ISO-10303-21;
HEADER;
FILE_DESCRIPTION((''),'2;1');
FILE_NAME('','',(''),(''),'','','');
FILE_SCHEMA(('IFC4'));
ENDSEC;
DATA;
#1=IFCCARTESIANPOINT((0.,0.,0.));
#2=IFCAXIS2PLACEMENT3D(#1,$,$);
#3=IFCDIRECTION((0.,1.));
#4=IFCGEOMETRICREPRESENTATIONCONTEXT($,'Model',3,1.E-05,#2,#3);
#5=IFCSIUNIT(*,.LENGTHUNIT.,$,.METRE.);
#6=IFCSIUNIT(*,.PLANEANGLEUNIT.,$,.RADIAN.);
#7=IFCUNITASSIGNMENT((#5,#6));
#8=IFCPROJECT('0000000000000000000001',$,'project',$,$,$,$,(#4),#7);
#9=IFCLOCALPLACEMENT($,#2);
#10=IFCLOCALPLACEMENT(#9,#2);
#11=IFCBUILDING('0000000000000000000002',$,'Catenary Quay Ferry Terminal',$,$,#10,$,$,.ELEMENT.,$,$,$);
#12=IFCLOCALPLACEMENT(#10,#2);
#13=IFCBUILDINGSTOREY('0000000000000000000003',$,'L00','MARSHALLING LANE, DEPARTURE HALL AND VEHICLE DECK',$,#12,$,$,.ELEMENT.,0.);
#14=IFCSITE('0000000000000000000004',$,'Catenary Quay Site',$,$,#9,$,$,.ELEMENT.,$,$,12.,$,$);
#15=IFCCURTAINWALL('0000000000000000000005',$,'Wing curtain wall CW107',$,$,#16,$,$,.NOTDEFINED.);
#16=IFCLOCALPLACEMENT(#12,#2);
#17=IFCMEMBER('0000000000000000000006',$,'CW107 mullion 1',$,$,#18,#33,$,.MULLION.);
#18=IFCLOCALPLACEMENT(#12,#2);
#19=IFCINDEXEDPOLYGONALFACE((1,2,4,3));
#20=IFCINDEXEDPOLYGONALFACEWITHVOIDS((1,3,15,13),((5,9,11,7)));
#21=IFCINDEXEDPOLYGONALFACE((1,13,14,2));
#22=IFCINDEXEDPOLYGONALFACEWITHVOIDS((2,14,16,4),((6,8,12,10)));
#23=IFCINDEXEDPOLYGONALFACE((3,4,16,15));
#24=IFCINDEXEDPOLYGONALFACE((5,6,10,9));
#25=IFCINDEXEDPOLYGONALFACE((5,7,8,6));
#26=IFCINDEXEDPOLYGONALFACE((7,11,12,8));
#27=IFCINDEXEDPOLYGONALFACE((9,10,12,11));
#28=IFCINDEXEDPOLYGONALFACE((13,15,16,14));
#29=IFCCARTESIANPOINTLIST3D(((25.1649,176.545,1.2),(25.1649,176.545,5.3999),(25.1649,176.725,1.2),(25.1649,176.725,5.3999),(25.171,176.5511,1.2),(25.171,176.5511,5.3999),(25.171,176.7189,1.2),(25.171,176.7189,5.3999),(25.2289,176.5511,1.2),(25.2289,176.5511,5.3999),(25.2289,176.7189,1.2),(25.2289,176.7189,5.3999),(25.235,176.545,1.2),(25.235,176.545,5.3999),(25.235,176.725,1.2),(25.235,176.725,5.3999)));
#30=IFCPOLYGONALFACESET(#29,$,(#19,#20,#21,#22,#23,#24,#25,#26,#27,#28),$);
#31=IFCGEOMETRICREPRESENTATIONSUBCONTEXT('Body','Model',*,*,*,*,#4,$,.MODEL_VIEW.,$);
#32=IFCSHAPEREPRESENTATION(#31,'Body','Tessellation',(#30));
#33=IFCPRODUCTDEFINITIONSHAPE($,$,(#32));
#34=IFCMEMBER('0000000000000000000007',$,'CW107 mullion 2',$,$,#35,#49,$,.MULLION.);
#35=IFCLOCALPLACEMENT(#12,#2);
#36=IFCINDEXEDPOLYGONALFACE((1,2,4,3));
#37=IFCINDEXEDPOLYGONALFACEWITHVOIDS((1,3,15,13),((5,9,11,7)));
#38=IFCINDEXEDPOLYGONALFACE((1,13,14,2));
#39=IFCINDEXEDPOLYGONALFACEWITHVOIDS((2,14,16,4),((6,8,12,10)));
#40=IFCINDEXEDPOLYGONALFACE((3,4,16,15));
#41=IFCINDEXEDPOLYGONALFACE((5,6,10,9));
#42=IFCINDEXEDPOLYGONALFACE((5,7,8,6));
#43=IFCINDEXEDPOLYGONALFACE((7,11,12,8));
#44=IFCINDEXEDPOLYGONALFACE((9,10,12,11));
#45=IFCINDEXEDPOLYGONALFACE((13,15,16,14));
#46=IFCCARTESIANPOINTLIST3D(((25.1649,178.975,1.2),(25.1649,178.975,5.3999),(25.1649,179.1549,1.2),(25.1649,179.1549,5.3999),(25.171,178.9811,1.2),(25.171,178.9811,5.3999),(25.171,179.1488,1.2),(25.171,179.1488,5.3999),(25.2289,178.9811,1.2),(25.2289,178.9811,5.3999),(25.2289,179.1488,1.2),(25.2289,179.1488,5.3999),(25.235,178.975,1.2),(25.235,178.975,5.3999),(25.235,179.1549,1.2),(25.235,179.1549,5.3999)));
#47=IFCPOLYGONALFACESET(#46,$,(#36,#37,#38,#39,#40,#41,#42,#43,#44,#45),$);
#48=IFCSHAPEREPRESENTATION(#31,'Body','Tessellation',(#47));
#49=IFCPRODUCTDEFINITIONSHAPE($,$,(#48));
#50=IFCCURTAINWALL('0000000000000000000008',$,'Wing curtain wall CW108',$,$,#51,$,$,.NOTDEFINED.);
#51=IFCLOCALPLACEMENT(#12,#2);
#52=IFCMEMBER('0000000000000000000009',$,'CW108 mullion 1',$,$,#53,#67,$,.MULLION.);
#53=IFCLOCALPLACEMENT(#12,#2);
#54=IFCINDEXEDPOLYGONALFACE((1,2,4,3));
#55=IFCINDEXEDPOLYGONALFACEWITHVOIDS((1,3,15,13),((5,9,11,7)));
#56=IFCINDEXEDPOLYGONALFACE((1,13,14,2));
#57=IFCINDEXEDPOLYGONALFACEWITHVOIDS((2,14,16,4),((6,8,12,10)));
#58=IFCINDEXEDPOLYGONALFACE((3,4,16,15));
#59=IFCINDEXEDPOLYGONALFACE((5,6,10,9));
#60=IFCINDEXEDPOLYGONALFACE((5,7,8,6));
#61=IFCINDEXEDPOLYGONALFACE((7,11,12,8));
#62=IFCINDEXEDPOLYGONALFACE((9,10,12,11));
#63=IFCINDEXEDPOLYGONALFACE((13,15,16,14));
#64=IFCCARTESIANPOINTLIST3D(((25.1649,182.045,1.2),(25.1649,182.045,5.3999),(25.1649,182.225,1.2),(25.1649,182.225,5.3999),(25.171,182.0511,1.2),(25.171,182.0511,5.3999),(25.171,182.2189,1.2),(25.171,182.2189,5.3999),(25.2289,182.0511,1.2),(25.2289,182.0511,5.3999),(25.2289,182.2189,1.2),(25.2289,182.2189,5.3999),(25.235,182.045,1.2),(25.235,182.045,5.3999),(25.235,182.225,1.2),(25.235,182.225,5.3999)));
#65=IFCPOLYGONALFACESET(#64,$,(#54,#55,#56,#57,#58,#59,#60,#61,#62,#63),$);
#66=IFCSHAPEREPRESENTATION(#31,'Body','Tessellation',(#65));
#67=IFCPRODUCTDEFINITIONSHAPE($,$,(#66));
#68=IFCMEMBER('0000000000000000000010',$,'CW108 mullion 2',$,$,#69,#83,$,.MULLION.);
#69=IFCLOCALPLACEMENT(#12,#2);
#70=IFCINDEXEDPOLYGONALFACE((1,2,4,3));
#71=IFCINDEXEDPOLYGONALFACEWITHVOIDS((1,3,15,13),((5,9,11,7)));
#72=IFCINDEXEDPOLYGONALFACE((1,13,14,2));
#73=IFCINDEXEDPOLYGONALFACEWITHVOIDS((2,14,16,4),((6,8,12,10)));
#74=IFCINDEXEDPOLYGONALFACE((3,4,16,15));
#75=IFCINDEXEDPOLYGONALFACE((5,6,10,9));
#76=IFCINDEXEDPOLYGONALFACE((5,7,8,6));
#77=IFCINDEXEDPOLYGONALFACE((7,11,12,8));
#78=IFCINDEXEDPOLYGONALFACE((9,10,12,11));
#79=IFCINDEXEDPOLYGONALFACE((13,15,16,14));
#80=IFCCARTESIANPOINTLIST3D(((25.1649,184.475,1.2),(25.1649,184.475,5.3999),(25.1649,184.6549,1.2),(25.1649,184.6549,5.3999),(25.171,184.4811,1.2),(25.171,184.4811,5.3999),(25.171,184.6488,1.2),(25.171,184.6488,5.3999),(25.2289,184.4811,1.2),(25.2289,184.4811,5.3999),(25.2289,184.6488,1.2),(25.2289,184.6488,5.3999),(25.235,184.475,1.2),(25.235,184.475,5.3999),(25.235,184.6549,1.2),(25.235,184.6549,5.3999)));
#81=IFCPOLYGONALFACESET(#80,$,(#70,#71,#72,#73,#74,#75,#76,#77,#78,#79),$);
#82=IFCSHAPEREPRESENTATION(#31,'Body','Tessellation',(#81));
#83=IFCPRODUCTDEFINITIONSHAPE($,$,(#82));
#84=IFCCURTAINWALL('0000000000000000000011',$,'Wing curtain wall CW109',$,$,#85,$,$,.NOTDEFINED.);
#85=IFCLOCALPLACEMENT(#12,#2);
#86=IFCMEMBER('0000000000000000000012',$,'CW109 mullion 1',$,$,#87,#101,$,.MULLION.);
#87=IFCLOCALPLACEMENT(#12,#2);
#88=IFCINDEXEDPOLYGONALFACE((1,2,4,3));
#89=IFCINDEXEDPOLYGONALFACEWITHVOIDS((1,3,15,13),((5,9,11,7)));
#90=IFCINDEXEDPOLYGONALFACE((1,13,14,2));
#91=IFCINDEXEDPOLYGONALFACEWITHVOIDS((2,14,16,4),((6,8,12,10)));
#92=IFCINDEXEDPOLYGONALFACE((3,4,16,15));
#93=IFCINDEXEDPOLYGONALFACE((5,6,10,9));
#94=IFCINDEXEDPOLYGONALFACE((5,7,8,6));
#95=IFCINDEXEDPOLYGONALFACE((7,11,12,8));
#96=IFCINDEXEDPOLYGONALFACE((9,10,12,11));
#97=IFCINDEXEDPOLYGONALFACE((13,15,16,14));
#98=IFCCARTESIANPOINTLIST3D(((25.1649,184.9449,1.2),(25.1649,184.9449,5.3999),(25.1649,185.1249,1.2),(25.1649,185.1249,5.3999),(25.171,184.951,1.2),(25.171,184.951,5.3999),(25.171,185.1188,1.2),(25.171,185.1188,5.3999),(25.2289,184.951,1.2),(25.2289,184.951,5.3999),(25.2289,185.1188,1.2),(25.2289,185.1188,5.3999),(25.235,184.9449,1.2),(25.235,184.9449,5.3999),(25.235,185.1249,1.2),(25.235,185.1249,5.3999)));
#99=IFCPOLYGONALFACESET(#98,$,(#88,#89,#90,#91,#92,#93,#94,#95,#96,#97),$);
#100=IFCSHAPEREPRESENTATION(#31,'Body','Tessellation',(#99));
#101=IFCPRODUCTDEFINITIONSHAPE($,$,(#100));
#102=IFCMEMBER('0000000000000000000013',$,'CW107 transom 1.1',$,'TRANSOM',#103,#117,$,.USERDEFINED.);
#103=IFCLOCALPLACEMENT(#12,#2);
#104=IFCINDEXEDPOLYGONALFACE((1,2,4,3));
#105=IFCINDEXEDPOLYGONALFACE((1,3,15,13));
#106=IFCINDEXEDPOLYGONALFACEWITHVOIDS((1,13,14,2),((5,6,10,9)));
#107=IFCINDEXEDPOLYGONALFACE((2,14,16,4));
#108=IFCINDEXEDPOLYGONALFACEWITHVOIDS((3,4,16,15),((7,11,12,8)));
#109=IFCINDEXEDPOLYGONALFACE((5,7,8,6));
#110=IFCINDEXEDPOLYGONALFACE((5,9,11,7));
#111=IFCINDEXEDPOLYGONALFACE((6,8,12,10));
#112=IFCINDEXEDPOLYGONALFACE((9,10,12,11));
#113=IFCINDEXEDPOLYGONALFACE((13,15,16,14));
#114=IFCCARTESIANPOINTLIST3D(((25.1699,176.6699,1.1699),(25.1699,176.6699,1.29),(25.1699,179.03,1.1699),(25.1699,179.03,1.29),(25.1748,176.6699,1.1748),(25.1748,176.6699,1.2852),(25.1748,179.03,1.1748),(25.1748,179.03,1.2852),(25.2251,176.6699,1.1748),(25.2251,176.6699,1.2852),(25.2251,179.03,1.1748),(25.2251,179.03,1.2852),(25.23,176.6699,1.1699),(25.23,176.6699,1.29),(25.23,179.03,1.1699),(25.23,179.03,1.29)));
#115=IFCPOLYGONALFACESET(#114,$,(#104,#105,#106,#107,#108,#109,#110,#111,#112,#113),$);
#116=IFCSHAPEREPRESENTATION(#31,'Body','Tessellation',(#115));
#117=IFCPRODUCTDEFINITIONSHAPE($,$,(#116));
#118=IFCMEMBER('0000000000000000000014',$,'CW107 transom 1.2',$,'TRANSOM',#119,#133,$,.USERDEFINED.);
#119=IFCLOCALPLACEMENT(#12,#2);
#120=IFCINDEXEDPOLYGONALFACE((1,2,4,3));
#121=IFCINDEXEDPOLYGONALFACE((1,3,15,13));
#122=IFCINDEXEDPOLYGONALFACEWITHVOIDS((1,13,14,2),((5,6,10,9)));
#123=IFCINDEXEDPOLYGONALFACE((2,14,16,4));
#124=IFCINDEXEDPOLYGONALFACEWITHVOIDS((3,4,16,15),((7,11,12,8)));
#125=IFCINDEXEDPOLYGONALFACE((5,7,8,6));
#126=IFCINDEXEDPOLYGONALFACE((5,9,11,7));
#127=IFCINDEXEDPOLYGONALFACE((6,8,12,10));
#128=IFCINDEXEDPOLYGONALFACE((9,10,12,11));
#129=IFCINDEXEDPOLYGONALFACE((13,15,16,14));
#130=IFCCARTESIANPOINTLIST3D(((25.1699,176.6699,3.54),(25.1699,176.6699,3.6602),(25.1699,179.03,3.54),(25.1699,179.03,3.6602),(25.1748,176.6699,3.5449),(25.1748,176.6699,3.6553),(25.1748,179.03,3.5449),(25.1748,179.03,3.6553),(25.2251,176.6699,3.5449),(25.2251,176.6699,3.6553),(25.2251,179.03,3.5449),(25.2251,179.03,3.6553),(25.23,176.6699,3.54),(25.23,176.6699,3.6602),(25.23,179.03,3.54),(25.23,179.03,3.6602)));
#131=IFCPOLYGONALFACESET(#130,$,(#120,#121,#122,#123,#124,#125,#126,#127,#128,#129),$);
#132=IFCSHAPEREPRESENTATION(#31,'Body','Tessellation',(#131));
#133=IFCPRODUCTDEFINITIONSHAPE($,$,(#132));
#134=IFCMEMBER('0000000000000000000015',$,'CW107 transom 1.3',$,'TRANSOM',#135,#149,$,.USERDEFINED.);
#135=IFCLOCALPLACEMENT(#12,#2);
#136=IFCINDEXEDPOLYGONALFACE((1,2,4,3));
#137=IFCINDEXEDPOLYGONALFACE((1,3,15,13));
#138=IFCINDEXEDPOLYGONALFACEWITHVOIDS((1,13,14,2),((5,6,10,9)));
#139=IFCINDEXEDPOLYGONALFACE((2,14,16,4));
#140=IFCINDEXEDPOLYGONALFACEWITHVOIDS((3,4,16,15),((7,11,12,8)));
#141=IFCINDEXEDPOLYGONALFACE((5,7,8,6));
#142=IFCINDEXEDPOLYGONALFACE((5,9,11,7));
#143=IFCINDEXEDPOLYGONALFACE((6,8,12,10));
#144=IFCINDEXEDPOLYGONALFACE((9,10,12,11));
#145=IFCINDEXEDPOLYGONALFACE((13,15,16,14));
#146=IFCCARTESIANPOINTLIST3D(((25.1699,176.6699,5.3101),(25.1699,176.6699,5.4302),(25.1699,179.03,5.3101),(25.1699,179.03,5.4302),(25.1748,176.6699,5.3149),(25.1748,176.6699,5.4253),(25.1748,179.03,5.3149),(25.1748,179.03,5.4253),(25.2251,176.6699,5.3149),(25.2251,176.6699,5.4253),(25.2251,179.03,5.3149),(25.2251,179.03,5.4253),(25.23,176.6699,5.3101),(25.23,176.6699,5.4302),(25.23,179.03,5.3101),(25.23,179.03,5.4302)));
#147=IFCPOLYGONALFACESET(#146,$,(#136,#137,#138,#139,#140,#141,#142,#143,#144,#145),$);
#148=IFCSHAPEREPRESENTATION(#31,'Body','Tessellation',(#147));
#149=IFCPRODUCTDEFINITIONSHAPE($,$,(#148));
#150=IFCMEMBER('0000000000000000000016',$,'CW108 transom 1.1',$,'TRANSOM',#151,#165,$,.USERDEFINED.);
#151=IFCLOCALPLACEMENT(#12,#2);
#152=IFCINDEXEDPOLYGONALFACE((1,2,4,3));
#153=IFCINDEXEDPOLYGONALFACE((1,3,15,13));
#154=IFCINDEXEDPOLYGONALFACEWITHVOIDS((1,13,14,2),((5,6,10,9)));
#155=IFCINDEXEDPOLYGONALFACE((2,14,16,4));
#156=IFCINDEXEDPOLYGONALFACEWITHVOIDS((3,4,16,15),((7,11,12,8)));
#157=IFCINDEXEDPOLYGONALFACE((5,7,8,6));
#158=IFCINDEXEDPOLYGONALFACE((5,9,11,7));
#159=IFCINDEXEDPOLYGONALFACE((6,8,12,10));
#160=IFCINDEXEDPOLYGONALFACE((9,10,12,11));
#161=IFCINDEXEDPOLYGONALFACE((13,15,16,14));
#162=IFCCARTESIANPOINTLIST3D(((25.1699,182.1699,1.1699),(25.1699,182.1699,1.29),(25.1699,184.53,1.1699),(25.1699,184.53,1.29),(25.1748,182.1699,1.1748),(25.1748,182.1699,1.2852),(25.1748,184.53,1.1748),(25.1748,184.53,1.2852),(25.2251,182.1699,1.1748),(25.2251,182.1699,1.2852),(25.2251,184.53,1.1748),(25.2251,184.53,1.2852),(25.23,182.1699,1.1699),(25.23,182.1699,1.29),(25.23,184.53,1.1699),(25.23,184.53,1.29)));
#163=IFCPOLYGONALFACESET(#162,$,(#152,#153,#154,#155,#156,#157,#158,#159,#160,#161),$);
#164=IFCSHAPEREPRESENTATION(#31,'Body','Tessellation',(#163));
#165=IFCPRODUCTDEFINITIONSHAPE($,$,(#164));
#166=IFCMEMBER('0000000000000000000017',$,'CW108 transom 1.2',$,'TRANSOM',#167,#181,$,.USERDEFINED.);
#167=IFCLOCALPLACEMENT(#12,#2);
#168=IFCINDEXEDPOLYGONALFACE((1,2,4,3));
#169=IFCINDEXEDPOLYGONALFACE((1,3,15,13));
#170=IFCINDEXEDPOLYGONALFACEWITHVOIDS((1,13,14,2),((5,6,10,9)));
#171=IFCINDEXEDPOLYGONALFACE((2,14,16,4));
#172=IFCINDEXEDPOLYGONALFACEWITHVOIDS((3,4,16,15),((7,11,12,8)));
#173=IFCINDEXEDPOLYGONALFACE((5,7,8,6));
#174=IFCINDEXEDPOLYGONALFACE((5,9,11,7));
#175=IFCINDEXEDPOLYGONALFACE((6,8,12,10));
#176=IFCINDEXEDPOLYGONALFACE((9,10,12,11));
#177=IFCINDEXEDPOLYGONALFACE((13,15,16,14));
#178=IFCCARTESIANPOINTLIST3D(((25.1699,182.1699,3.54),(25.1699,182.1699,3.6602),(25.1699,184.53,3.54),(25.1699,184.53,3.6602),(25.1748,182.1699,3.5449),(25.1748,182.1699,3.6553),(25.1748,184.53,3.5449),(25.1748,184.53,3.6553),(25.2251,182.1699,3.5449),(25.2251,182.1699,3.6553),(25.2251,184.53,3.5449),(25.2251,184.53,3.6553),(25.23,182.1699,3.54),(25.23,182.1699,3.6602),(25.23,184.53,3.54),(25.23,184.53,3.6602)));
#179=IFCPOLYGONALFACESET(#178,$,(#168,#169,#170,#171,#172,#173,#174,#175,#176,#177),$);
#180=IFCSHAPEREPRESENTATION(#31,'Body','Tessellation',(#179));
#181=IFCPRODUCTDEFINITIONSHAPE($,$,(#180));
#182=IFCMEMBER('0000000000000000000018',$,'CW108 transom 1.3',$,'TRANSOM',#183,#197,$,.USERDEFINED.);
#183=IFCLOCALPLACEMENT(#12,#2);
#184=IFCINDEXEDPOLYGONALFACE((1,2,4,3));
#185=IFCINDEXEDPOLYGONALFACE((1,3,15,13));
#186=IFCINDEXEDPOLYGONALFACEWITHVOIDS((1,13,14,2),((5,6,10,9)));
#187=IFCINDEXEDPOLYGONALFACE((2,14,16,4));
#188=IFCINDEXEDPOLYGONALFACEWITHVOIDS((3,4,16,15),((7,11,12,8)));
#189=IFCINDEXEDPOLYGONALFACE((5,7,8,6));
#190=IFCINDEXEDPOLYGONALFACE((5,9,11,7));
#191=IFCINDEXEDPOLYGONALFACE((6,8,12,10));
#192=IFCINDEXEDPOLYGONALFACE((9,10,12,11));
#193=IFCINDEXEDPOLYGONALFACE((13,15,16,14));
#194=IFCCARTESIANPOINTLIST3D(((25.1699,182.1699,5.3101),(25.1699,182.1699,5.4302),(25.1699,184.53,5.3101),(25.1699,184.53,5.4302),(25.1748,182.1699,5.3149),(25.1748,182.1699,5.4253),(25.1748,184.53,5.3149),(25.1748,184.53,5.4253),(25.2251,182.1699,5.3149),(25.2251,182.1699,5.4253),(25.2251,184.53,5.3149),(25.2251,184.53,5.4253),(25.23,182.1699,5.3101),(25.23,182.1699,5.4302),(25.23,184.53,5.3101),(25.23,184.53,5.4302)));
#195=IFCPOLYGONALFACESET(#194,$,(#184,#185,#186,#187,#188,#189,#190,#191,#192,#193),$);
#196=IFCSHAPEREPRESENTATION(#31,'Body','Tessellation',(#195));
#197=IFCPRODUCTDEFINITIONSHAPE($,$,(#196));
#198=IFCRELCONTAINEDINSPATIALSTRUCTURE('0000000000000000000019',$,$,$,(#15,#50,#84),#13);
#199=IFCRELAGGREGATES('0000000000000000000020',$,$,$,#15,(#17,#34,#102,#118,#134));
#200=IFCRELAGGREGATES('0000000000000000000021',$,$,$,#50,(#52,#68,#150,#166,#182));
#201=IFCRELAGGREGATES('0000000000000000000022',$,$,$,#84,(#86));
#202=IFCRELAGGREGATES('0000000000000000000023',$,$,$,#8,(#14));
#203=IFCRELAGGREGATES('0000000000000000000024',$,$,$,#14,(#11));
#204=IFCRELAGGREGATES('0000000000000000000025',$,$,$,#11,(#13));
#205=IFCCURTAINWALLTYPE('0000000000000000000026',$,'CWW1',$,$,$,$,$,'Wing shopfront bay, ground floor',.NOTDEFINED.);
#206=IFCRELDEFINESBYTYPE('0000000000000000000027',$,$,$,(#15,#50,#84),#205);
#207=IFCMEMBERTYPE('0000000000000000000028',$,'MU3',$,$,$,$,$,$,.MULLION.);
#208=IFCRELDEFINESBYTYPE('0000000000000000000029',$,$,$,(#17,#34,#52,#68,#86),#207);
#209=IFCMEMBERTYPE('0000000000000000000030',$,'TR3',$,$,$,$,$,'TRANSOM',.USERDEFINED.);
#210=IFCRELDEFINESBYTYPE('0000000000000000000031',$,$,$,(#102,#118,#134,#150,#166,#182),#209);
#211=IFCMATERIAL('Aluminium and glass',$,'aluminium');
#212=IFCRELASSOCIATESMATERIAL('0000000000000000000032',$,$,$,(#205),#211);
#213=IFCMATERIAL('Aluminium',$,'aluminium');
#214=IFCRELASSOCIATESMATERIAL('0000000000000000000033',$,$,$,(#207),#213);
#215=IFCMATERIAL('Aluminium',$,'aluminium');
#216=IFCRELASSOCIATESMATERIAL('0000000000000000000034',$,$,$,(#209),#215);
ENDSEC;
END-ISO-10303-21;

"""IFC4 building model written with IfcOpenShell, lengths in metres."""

from ifc_helpers import new_model, si_unit, direction, frame, origin, origin_2d, place, context, subcontext, project, spatial, hollow_rectangle, extrude, material, material_profile, profile_set, type_object, element, aggregate, save


model = new_model("IFC4")

# Units and contexts
model_context = context("Model", 3, precision=1e-05, world=origin(), true_north=direction((0.0, 1.0)))
body_context = subcontext(model_context, "Body", "Model", "MODEL_VIEW")
ifc_project = project(units=[si_unit("LENGTHUNIT", "METRE"), si_unit("PLANEANGLEUNIT", "RADIAN")], contexts=[model_context])

# Site, building, storey
site_placement = place(None, origin())
site = spatial("IfcSite", under=ifc_project, at=site_placement, Name="Catenary Quay Site", CompositionType="ELEMENT", RefElevation=12.0)
building_placement = place(site_placement, origin())
building = spatial("IfcBuilding", under=site, at=building_placement, Name="Catenary Quay Ferry Terminal", CompositionType="ELEMENT")
storey_placement = place(building_placement, origin())
storey = spatial("IfcBuildingStorey", under=building, at=storey_placement, Name="L00", Description="MARSHALLING LANE, DEPARTURE HALL AND VEHICLE DECK", CompositionType="ELEMENT", Elevation=0.0)

# Curtain walls, members
ifc_material_1 = material(Name="Aluminium and glass", Category="aluminium")
curtain_wall_type = type_object("IfcCurtainWallType", Name="CWW1", ElementType="Wing shopfront bay, ground floor", PredefinedType="NOTDEFINED", material=ifc_material_1)
curtain_wall_1_placement = place(storey_placement, origin())
curtain_wall_1 = element("IfcCurtainWall", 1, at=curtain_wall_1_placement, inside=storey, type_object=curtain_wall_type, Name="Wing curtain wall CW107", PredefinedType="NOTDEFINED")
ifc_material_2 = material(Name="Aluminium", Category="aluminium")
ifc_material_profile_1 = material_profile(ifc_material_2, hollow_rectangle(XDim=0.0701, YDim=0.1799, WallThickness=0.0061, at=origin_2d()), Name="MU3")
ifc_profile_set_1 = profile_set([ifc_material_profile_1], Name="Aluminium")
member_type_1 = type_object("IfcMemberType", Name="MU3", PredefinedType="MULLION", material=ifc_profile_set_1)
member_1_placement = place(storey_placement, frame((25.2, 176.635, 1.2), z_axis=(0.0, 0.0, 1.0), x_axis=(-1.0, 0.0, 0.0)))
member_1 = element("IfcMember", 2, at=member_1_placement, type_object=member_type_1, Name="CW107 mullion 1", PredefinedType="MULLION", context=body_context, shape_type="SweptSolid", body=[
    extrude(hollow_rectangle(XDim=0.0701, YDim=0.1799, WallThickness=0.0061, at=origin_2d()), origin(), (0.0, 0.0, 1.0), 4.2),
])
member_2_placement = place(storey_placement, frame((25.2, 179.0649, 1.2), z_axis=(0.0, 0.0, 1.0), x_axis=(-1.0, 0.0, 0.0)))
member_2 = element("IfcMember", 3, at=member_2_placement, type_object=member_type_1, Name="CW107 mullion 2", PredefinedType="MULLION", context=body_context, shape_type="SweptSolid", body=[
    extrude(hollow_rectangle(XDim=0.0701, YDim=0.1799, WallThickness=0.0061, at=origin_2d()), origin(), (0.0, 0.0, 1.0), 4.2),
])
curtain_wall_2_placement = place(storey_placement, origin())
curtain_wall_2 = element("IfcCurtainWall", 4, at=curtain_wall_2_placement, inside=storey, type_object=curtain_wall_type, Name="Wing curtain wall CW108", PredefinedType="NOTDEFINED")
member_3_placement = place(storey_placement, frame((25.2, 182.135, 1.2), z_axis=(0.0, 0.0, 1.0), x_axis=(-1.0, 0.0, 0.0)))
member_3 = element("IfcMember", 5, at=member_3_placement, type_object=member_type_1, Name="CW108 mullion 1", PredefinedType="MULLION", context=body_context, shape_type="SweptSolid", body=[
    extrude(hollow_rectangle(XDim=0.0701, YDim=0.1799, WallThickness=0.0061, at=origin_2d()), origin(), (0.0, 0.0, 1.0), 4.2),
])
member_4_placement = place(storey_placement, frame((25.2, 184.5649, 1.2), z_axis=(0.0, 0.0, 1.0), x_axis=(-1.0, 0.0, 0.0)))
member_4 = element("IfcMember", 6, at=member_4_placement, type_object=member_type_1, Name="CW108 mullion 2", PredefinedType="MULLION", context=body_context, shape_type="SweptSolid", body=[
    extrude(hollow_rectangle(XDim=0.0701, YDim=0.1799, WallThickness=0.0061, at=origin_2d()), origin(), (0.0, 0.0, 1.0), 4.2),
])

# Curtain wall, member
curtain_wall_3_placement = place(storey_placement, origin())
curtain_wall_3 = element("IfcCurtainWall", 7, at=curtain_wall_3_placement, inside=storey, type_object=curtain_wall_type, Name="Wing curtain wall CW109", PredefinedType="NOTDEFINED")
member_5_placement = place(storey_placement, frame((25.2, 185.0349, 1.2), z_axis=(0.0, 0.0, 1.0), x_axis=(-1.0, 0.0, 0.0)))
member_5 = element("IfcMember", 8, at=member_5_placement, type_object=member_type_1, Name="CW109 mullion 1", PredefinedType="MULLION", context=body_context, shape_type="SweptSolid", body=[
    extrude(hollow_rectangle(XDim=0.0701, YDim=0.1799, WallThickness=0.0061, at=origin_2d()), origin(), (0.0, 0.0, 1.0), 4.2),
])

# Members
ifc_material_3 = material(Name="Aluminium", Category="aluminium")
ifc_material_profile_2 = material_profile(ifc_material_3, hollow_rectangle(XDim=0.0601, YDim=0.1201, WallThickness=0.0049, at=origin_2d()), Name="TR3")
ifc_profile_set_2 = profile_set([ifc_material_profile_2], Name="Aluminium")
member_type_2 = type_object("IfcMemberType", Name="TR3", ElementType="TRANSOM", PredefinedType="USERDEFINED", material=ifc_profile_set_2)
member_6_placement = place(storey_placement, frame((25.2, 176.6699, 1.23), z_axis=(0.0, 1.0, 0.0), x_axis=(-1.0, 0.0, 0.0)))
member_6 = element("IfcMember", 9, at=member_6_placement, type_object=member_type_2, Name="CW107 transom 1.1", ObjectType="TRANSOM", PredefinedType="USERDEFINED", context=body_context, shape_type="SweptSolid", body=[
    extrude(hollow_rectangle(XDim=0.0601, YDim=0.1201, WallThickness=0.0049, at=origin_2d()), origin(), (0.0, 0.0, 1.0), 2.3601),
])
member_7_placement = place(storey_placement, frame((25.2, 176.6699, 3.6001), z_axis=(0.0, 1.0, 0.0), x_axis=(-1.0, 0.0, 0.0)))
member_7 = element("IfcMember", 10, at=member_7_placement, type_object=member_type_2, Name="CW107 transom 1.2", ObjectType="TRANSOM", PredefinedType="USERDEFINED", context=body_context, shape_type="SweptSolid", body=[
    extrude(hollow_rectangle(XDim=0.0601, YDim=0.1201, WallThickness=0.0049, at=origin_2d()), origin(), (0.0, 0.0, 1.0), 2.3601),
])
member_8_placement = place(storey_placement, frame((25.2, 176.6699, 5.3701), z_axis=(0.0, 1.0, 0.0), x_axis=(-1.0, 0.0, 0.0)))
member_8 = element("IfcMember", 11, at=member_8_placement, type_object=member_type_2, Name="CW107 transom 1.3", ObjectType="TRANSOM", PredefinedType="USERDEFINED", context=body_context, shape_type="SweptSolid", body=[
    extrude(hollow_rectangle(XDim=0.0601, YDim=0.1201, WallThickness=0.0049, at=origin_2d()), origin(), (0.0, 0.0, 1.0), 2.3601),
])
member_9_placement = place(storey_placement, frame((25.2, 182.1699, 1.23), z_axis=(0.0, 1.0, 0.0), x_axis=(-1.0, 0.0, 0.0)))
member_9 = element("IfcMember", 12, at=member_9_placement, type_object=member_type_2, Name="CW108 transom 1.1", ObjectType="TRANSOM", PredefinedType="USERDEFINED", context=body_context, shape_type="SweptSolid", body=[
    extrude(hollow_rectangle(XDim=0.0601, YDim=0.1201, WallThickness=0.0049, at=origin_2d()), origin(), (0.0, 0.0, 1.0), 2.3601),
])
member_10_placement = place(storey_placement, frame((25.2, 182.1699, 3.6001), z_axis=(0.0, 1.0, 0.0), x_axis=(-1.0, 0.0, 0.0)))
member_10 = element("IfcMember", 13, at=member_10_placement, type_object=member_type_2, Name="CW108 transom 1.2", ObjectType="TRANSOM", PredefinedType="USERDEFINED", context=body_context, shape_type="SweptSolid", body=[
    extrude(hollow_rectangle(XDim=0.0601, YDim=0.1201, WallThickness=0.0049, at=origin_2d()), origin(), (0.0, 0.0, 1.0), 2.3601),
])
member_11_placement = place(storey_placement, frame((25.2, 182.1699, 5.3701), z_axis=(0.0, 1.0, 0.0), x_axis=(-1.0, 0.0, 0.0)))
member_11 = element("IfcMember", 14, at=member_11_placement, type_object=member_type_2, Name="CW108 transom 1.3", ObjectType="TRANSOM", PredefinedType="USERDEFINED", context=body_context, shape_type="SweptSolid", body=[
    extrude(hollow_rectangle(XDim=0.0601, YDim=0.1201, WallThickness=0.0049, at=origin_2d()), origin(), (0.0, 0.0, 1.0), 2.3601),
])

aggregate(curtain_wall_1, [member_1, member_2, member_6, member_7, member_8])
aggregate(curtain_wall_2, [member_3, member_4, member_9, member_10, member_11])
aggregate(curtain_wall_3, [member_5])

save(model, "model.ifc")
